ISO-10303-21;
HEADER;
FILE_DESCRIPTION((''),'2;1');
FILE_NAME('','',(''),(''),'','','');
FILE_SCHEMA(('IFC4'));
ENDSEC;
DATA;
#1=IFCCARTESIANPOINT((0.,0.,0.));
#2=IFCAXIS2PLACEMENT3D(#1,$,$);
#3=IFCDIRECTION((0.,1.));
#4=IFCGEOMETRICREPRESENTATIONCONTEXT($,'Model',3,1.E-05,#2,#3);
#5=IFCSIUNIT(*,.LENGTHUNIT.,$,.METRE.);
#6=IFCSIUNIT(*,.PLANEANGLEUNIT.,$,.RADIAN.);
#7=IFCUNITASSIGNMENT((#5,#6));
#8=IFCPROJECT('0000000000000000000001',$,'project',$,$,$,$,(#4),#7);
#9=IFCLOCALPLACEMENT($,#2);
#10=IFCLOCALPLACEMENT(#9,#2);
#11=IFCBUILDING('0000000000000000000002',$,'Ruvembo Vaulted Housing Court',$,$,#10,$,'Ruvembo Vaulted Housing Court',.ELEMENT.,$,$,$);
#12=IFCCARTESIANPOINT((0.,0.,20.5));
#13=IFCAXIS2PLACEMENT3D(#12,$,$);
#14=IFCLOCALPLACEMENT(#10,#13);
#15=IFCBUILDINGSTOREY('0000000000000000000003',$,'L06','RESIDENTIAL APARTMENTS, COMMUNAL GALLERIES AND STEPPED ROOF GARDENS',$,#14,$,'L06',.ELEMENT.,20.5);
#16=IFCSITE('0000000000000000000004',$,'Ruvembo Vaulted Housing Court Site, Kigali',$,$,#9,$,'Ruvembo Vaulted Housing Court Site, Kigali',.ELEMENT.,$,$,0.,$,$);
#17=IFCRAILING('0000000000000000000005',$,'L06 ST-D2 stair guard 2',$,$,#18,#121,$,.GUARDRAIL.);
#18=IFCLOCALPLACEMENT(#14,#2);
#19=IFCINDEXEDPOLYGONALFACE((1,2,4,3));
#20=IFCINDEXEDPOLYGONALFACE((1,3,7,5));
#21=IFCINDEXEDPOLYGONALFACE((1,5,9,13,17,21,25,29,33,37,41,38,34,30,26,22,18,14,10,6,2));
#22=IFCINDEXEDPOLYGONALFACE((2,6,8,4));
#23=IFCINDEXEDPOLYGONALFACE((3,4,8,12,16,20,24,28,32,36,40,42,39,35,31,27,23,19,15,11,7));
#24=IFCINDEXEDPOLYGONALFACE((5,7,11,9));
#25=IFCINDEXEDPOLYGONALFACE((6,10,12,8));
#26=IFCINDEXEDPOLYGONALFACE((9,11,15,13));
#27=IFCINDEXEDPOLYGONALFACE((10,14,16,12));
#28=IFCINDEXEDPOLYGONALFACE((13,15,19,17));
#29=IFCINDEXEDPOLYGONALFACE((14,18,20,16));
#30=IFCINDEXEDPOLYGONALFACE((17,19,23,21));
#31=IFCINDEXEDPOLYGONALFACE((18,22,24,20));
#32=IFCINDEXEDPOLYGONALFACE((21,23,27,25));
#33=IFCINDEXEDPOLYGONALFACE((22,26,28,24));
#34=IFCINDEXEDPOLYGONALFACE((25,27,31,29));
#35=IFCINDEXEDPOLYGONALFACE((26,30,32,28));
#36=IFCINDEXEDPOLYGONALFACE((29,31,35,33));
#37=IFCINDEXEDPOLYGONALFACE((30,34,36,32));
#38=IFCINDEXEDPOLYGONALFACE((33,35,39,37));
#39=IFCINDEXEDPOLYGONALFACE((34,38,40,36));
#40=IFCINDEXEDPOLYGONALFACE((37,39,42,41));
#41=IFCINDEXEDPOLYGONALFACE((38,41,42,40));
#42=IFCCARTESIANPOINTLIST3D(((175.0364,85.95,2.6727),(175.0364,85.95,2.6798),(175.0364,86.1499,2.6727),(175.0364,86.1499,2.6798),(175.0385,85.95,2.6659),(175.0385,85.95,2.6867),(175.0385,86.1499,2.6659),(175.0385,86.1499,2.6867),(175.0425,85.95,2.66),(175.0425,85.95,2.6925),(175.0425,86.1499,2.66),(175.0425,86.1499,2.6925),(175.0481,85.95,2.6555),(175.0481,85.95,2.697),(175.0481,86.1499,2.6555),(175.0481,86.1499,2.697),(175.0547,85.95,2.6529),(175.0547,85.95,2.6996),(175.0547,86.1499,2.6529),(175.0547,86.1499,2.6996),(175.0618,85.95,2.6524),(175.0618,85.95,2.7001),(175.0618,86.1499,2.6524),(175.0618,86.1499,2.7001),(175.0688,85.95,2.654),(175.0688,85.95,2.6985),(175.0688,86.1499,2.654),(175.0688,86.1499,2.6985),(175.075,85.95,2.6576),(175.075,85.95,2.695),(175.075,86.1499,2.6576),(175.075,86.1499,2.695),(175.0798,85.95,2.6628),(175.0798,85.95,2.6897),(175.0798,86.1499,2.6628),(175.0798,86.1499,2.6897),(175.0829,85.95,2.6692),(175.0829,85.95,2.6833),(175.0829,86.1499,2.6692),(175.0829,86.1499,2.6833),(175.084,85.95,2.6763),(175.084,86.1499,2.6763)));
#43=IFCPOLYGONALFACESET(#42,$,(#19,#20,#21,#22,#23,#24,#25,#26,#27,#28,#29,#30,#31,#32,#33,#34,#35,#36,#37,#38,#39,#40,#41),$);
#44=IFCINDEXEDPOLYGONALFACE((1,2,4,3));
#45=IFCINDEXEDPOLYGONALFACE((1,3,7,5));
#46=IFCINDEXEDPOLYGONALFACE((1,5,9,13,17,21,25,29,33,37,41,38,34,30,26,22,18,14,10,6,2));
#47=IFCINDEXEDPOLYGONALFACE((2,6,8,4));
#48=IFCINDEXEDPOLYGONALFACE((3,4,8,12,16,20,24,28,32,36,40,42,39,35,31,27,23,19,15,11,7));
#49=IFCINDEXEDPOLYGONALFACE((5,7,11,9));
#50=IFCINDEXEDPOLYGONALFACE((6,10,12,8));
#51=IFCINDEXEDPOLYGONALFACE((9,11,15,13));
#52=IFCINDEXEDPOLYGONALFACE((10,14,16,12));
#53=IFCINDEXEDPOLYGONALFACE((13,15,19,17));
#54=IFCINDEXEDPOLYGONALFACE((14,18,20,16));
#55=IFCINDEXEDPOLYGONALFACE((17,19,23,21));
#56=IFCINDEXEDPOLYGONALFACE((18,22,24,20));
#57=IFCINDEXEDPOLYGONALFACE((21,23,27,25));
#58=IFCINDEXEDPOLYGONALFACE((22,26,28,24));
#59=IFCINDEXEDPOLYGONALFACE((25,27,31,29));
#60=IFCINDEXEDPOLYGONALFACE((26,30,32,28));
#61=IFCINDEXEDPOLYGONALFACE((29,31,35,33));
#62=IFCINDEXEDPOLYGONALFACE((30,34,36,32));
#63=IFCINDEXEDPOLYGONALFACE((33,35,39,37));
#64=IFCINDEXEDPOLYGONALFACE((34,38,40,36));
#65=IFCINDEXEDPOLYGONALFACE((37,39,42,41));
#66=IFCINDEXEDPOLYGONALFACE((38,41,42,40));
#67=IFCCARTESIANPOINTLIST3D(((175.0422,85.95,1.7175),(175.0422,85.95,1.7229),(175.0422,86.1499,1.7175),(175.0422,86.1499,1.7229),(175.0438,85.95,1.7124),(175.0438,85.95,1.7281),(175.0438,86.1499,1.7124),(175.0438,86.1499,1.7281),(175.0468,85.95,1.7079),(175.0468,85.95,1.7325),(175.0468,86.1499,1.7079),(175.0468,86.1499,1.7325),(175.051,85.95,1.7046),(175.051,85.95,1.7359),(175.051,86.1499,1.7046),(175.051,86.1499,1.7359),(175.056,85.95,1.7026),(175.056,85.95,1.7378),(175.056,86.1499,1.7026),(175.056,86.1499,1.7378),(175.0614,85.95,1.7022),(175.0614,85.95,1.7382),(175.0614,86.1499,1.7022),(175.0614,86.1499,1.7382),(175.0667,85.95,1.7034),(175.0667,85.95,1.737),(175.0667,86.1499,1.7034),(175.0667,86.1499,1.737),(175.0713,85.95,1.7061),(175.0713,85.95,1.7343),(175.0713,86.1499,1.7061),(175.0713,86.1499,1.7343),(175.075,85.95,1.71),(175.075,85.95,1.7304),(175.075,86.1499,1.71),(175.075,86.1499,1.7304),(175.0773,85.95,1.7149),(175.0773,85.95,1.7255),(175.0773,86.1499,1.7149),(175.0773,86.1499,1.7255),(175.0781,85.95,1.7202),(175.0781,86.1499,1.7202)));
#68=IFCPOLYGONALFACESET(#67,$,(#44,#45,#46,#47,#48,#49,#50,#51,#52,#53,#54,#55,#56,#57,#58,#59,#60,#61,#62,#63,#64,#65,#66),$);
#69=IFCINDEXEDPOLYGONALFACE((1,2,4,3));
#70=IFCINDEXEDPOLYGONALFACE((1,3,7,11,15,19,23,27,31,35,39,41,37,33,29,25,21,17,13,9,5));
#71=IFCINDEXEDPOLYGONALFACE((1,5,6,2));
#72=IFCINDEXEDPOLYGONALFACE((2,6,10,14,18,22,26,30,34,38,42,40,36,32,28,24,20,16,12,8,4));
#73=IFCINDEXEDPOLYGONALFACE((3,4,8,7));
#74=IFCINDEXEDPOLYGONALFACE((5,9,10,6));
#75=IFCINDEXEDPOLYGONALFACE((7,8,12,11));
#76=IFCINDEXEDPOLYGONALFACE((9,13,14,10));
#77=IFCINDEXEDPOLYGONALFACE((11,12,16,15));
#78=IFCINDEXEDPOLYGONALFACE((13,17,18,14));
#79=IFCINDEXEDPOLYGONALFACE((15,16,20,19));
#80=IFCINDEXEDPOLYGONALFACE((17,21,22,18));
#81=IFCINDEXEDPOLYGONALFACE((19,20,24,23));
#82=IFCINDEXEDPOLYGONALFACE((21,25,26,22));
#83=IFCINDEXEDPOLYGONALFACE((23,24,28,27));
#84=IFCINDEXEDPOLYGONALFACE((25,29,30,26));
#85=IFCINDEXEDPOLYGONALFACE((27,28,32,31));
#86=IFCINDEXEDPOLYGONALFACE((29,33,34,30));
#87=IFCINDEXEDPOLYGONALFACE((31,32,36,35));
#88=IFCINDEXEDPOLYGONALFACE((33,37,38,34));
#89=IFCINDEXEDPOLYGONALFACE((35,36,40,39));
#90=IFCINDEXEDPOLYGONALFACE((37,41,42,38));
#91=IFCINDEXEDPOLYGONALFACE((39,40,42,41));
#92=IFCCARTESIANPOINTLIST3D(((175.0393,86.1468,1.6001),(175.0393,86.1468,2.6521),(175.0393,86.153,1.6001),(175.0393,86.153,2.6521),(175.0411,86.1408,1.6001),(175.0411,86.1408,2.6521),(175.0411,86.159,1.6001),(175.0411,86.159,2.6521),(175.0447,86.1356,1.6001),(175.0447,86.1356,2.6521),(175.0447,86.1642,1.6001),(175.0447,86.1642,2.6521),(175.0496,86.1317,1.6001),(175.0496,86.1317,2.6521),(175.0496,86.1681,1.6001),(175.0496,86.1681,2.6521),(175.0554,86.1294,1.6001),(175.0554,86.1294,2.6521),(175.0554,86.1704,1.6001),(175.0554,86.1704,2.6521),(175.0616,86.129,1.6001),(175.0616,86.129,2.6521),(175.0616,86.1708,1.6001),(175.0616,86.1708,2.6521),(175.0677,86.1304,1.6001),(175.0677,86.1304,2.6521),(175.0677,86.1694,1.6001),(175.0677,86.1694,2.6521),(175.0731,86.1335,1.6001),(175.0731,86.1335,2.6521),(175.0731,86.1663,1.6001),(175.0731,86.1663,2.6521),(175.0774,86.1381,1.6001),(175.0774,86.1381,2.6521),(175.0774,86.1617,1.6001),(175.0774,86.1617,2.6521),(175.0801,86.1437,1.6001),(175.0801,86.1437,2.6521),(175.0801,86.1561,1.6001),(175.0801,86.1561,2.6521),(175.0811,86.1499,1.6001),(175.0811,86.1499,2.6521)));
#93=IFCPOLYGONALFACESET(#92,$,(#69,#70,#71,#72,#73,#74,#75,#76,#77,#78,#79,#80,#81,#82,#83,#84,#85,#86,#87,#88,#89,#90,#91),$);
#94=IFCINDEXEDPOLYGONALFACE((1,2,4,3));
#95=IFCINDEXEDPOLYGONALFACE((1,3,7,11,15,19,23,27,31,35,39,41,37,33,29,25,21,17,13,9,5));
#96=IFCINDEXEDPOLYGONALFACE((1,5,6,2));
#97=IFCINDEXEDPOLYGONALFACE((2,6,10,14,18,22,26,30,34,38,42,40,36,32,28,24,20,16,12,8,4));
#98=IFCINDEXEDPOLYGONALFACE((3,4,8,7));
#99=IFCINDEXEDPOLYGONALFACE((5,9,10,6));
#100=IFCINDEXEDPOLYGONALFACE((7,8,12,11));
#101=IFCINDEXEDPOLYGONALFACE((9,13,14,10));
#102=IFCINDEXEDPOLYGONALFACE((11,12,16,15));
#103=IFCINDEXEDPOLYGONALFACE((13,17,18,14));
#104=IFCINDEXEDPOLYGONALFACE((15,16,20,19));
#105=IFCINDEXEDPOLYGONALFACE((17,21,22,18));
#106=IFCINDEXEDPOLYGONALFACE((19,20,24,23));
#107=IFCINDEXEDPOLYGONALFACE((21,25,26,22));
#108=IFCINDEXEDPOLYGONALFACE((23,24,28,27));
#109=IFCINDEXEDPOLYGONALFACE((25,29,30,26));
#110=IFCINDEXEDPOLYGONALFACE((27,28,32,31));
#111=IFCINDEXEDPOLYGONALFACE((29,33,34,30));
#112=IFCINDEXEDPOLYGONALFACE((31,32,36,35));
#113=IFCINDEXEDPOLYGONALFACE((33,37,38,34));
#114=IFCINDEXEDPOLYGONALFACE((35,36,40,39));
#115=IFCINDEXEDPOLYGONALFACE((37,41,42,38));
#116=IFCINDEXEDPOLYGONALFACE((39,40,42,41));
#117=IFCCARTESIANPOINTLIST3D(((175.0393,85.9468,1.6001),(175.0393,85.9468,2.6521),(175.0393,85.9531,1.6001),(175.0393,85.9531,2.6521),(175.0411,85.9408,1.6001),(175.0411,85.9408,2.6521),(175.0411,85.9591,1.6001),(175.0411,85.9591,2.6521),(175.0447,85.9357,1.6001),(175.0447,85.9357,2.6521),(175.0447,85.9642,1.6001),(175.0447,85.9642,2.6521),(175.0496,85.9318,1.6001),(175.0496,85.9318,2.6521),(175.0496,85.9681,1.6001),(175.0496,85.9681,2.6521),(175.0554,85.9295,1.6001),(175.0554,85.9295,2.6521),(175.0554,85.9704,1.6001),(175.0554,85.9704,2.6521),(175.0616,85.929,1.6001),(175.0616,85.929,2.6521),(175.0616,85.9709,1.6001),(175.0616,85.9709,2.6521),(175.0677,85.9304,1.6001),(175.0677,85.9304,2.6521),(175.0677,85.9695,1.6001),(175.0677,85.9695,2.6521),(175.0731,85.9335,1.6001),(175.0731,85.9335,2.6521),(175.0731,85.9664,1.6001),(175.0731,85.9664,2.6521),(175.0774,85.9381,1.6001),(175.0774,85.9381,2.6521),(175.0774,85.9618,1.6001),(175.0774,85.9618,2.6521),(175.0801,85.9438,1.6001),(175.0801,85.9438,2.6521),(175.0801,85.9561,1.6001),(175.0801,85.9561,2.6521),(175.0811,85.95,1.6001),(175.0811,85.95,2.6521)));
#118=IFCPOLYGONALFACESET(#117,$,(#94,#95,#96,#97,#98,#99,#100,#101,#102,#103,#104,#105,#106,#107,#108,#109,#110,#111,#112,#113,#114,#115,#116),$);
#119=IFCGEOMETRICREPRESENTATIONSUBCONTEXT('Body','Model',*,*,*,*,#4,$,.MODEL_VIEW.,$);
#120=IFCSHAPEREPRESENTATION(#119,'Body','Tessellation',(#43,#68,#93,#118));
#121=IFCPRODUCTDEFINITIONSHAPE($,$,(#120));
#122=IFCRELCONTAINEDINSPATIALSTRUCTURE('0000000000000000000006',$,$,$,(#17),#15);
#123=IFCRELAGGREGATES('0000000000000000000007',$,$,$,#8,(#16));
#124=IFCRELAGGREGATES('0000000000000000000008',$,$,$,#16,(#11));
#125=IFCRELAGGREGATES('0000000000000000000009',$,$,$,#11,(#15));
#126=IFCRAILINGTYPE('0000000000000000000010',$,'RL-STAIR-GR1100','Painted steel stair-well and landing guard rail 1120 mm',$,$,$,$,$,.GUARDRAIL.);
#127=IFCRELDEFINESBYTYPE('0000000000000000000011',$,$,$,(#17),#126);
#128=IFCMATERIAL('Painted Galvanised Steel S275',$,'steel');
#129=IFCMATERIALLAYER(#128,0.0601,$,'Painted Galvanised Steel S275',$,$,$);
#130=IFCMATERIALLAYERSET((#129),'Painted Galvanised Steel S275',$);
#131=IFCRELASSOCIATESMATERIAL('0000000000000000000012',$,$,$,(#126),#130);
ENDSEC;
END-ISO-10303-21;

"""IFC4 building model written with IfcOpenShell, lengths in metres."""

from ifc_helpers import new_model, si_unit, direction, frame, origin, origin_2d, place, context, subcontext, project, spatial, circle, extrude, material, layer, layer_set, type_object, element, save


model = new_model("IFC4")

# Units and contexts
model_context = context("Model", 3, precision=1e-05, world=origin(), true_north=direction((0.0, 1.0)))
body_context = subcontext(model_context, "Body", "Model", "MODEL_VIEW")
ifc_project = project(units=[si_unit("LENGTHUNIT", "METRE"), si_unit("PLANEANGLEUNIT", "RADIAN")], contexts=[model_context])

# Site, building, storey
site_placement = place(None, origin())
site = spatial("IfcSite", under=ifc_project, at=site_placement, Name="Ruvembo Vaulted Housing Court Site, Kigali", LongName="Ruvembo Vaulted Housing Court Site, Kigali", CompositionType="ELEMENT", RefElevation=0.0)
building_placement = place(site_placement, origin())
building = spatial("IfcBuilding", under=site, at=building_placement, Name="Ruvembo Vaulted Housing Court", LongName="Ruvembo Vaulted Housing Court", CompositionType="ELEMENT")
storey_placement = place(building_placement, frame((0.0, 0.0, 20.5)))
storey = spatial("IfcBuildingStorey", under=building, at=storey_placement, Name="L06", Description="RESIDENTIAL APARTMENTS, COMMUNAL GALLERIES AND STEPPED ROOF GARDENS", LongName="L06", CompositionType="ELEMENT", Elevation=20.5)

# Railing
ifc_material_1 = material(Name="Painted Galvanised Steel S275", Category="steel")
ifc_layer_1 = layer(ifc_material_1, 0.0601, Name="Painted Galvanised Steel S275")
ifc_layer_set_1 = layer_set([ifc_layer_1], Name="Painted Galvanised Steel S275")
railing_type_1 = type_object("IfcRailingType", Name="RL-STAIR-GR1100", Description="Painted steel stair-well and landing guard rail 1120 mm", PredefinedType="GUARDRAIL", material=ifc_layer_set_1)
railing_1_placement = place(storey_placement, frame((175.0601, 86.1499, 1.6001)))
element("IfcRailing", 1, at=railing_1_placement, inside=storey, type_object=railing_type_1, Name="L06 ST-D2 stair guard 2", PredefinedType="GUARDRAIL", context=body_context, shape_type="SweptSolid", body=[
    extrude(circle(Radius=0.0239, at=origin_2d()), frame((0.0, 0.0, 1.0762), z_axis=(0.0, -1.0, 0.0), x_axis=(1.0, 0.0, 0.0)), (0.0, 0.0, 1.0), 0.2),
    extrude(circle(Radius=0.0181, at=origin_2d()), frame((0.0, 0.0, 0.1201), z_axis=(0.0, -1.0, 0.0), x_axis=(1.0, 0.0, 0.0)), (0.0, 0.0, 1.0), 0.2),
    extrude(circle(Radius=0.021, at=origin_2d()), origin(), (0.0, 0.0, 1.0), 1.052),
    extrude(circle(Radius=0.021, at=origin_2d()), frame((0.0, -0.2, 0.0)), (0.0, 0.0, 1.0), 1.052),
])

save(model, "model.ifc")
